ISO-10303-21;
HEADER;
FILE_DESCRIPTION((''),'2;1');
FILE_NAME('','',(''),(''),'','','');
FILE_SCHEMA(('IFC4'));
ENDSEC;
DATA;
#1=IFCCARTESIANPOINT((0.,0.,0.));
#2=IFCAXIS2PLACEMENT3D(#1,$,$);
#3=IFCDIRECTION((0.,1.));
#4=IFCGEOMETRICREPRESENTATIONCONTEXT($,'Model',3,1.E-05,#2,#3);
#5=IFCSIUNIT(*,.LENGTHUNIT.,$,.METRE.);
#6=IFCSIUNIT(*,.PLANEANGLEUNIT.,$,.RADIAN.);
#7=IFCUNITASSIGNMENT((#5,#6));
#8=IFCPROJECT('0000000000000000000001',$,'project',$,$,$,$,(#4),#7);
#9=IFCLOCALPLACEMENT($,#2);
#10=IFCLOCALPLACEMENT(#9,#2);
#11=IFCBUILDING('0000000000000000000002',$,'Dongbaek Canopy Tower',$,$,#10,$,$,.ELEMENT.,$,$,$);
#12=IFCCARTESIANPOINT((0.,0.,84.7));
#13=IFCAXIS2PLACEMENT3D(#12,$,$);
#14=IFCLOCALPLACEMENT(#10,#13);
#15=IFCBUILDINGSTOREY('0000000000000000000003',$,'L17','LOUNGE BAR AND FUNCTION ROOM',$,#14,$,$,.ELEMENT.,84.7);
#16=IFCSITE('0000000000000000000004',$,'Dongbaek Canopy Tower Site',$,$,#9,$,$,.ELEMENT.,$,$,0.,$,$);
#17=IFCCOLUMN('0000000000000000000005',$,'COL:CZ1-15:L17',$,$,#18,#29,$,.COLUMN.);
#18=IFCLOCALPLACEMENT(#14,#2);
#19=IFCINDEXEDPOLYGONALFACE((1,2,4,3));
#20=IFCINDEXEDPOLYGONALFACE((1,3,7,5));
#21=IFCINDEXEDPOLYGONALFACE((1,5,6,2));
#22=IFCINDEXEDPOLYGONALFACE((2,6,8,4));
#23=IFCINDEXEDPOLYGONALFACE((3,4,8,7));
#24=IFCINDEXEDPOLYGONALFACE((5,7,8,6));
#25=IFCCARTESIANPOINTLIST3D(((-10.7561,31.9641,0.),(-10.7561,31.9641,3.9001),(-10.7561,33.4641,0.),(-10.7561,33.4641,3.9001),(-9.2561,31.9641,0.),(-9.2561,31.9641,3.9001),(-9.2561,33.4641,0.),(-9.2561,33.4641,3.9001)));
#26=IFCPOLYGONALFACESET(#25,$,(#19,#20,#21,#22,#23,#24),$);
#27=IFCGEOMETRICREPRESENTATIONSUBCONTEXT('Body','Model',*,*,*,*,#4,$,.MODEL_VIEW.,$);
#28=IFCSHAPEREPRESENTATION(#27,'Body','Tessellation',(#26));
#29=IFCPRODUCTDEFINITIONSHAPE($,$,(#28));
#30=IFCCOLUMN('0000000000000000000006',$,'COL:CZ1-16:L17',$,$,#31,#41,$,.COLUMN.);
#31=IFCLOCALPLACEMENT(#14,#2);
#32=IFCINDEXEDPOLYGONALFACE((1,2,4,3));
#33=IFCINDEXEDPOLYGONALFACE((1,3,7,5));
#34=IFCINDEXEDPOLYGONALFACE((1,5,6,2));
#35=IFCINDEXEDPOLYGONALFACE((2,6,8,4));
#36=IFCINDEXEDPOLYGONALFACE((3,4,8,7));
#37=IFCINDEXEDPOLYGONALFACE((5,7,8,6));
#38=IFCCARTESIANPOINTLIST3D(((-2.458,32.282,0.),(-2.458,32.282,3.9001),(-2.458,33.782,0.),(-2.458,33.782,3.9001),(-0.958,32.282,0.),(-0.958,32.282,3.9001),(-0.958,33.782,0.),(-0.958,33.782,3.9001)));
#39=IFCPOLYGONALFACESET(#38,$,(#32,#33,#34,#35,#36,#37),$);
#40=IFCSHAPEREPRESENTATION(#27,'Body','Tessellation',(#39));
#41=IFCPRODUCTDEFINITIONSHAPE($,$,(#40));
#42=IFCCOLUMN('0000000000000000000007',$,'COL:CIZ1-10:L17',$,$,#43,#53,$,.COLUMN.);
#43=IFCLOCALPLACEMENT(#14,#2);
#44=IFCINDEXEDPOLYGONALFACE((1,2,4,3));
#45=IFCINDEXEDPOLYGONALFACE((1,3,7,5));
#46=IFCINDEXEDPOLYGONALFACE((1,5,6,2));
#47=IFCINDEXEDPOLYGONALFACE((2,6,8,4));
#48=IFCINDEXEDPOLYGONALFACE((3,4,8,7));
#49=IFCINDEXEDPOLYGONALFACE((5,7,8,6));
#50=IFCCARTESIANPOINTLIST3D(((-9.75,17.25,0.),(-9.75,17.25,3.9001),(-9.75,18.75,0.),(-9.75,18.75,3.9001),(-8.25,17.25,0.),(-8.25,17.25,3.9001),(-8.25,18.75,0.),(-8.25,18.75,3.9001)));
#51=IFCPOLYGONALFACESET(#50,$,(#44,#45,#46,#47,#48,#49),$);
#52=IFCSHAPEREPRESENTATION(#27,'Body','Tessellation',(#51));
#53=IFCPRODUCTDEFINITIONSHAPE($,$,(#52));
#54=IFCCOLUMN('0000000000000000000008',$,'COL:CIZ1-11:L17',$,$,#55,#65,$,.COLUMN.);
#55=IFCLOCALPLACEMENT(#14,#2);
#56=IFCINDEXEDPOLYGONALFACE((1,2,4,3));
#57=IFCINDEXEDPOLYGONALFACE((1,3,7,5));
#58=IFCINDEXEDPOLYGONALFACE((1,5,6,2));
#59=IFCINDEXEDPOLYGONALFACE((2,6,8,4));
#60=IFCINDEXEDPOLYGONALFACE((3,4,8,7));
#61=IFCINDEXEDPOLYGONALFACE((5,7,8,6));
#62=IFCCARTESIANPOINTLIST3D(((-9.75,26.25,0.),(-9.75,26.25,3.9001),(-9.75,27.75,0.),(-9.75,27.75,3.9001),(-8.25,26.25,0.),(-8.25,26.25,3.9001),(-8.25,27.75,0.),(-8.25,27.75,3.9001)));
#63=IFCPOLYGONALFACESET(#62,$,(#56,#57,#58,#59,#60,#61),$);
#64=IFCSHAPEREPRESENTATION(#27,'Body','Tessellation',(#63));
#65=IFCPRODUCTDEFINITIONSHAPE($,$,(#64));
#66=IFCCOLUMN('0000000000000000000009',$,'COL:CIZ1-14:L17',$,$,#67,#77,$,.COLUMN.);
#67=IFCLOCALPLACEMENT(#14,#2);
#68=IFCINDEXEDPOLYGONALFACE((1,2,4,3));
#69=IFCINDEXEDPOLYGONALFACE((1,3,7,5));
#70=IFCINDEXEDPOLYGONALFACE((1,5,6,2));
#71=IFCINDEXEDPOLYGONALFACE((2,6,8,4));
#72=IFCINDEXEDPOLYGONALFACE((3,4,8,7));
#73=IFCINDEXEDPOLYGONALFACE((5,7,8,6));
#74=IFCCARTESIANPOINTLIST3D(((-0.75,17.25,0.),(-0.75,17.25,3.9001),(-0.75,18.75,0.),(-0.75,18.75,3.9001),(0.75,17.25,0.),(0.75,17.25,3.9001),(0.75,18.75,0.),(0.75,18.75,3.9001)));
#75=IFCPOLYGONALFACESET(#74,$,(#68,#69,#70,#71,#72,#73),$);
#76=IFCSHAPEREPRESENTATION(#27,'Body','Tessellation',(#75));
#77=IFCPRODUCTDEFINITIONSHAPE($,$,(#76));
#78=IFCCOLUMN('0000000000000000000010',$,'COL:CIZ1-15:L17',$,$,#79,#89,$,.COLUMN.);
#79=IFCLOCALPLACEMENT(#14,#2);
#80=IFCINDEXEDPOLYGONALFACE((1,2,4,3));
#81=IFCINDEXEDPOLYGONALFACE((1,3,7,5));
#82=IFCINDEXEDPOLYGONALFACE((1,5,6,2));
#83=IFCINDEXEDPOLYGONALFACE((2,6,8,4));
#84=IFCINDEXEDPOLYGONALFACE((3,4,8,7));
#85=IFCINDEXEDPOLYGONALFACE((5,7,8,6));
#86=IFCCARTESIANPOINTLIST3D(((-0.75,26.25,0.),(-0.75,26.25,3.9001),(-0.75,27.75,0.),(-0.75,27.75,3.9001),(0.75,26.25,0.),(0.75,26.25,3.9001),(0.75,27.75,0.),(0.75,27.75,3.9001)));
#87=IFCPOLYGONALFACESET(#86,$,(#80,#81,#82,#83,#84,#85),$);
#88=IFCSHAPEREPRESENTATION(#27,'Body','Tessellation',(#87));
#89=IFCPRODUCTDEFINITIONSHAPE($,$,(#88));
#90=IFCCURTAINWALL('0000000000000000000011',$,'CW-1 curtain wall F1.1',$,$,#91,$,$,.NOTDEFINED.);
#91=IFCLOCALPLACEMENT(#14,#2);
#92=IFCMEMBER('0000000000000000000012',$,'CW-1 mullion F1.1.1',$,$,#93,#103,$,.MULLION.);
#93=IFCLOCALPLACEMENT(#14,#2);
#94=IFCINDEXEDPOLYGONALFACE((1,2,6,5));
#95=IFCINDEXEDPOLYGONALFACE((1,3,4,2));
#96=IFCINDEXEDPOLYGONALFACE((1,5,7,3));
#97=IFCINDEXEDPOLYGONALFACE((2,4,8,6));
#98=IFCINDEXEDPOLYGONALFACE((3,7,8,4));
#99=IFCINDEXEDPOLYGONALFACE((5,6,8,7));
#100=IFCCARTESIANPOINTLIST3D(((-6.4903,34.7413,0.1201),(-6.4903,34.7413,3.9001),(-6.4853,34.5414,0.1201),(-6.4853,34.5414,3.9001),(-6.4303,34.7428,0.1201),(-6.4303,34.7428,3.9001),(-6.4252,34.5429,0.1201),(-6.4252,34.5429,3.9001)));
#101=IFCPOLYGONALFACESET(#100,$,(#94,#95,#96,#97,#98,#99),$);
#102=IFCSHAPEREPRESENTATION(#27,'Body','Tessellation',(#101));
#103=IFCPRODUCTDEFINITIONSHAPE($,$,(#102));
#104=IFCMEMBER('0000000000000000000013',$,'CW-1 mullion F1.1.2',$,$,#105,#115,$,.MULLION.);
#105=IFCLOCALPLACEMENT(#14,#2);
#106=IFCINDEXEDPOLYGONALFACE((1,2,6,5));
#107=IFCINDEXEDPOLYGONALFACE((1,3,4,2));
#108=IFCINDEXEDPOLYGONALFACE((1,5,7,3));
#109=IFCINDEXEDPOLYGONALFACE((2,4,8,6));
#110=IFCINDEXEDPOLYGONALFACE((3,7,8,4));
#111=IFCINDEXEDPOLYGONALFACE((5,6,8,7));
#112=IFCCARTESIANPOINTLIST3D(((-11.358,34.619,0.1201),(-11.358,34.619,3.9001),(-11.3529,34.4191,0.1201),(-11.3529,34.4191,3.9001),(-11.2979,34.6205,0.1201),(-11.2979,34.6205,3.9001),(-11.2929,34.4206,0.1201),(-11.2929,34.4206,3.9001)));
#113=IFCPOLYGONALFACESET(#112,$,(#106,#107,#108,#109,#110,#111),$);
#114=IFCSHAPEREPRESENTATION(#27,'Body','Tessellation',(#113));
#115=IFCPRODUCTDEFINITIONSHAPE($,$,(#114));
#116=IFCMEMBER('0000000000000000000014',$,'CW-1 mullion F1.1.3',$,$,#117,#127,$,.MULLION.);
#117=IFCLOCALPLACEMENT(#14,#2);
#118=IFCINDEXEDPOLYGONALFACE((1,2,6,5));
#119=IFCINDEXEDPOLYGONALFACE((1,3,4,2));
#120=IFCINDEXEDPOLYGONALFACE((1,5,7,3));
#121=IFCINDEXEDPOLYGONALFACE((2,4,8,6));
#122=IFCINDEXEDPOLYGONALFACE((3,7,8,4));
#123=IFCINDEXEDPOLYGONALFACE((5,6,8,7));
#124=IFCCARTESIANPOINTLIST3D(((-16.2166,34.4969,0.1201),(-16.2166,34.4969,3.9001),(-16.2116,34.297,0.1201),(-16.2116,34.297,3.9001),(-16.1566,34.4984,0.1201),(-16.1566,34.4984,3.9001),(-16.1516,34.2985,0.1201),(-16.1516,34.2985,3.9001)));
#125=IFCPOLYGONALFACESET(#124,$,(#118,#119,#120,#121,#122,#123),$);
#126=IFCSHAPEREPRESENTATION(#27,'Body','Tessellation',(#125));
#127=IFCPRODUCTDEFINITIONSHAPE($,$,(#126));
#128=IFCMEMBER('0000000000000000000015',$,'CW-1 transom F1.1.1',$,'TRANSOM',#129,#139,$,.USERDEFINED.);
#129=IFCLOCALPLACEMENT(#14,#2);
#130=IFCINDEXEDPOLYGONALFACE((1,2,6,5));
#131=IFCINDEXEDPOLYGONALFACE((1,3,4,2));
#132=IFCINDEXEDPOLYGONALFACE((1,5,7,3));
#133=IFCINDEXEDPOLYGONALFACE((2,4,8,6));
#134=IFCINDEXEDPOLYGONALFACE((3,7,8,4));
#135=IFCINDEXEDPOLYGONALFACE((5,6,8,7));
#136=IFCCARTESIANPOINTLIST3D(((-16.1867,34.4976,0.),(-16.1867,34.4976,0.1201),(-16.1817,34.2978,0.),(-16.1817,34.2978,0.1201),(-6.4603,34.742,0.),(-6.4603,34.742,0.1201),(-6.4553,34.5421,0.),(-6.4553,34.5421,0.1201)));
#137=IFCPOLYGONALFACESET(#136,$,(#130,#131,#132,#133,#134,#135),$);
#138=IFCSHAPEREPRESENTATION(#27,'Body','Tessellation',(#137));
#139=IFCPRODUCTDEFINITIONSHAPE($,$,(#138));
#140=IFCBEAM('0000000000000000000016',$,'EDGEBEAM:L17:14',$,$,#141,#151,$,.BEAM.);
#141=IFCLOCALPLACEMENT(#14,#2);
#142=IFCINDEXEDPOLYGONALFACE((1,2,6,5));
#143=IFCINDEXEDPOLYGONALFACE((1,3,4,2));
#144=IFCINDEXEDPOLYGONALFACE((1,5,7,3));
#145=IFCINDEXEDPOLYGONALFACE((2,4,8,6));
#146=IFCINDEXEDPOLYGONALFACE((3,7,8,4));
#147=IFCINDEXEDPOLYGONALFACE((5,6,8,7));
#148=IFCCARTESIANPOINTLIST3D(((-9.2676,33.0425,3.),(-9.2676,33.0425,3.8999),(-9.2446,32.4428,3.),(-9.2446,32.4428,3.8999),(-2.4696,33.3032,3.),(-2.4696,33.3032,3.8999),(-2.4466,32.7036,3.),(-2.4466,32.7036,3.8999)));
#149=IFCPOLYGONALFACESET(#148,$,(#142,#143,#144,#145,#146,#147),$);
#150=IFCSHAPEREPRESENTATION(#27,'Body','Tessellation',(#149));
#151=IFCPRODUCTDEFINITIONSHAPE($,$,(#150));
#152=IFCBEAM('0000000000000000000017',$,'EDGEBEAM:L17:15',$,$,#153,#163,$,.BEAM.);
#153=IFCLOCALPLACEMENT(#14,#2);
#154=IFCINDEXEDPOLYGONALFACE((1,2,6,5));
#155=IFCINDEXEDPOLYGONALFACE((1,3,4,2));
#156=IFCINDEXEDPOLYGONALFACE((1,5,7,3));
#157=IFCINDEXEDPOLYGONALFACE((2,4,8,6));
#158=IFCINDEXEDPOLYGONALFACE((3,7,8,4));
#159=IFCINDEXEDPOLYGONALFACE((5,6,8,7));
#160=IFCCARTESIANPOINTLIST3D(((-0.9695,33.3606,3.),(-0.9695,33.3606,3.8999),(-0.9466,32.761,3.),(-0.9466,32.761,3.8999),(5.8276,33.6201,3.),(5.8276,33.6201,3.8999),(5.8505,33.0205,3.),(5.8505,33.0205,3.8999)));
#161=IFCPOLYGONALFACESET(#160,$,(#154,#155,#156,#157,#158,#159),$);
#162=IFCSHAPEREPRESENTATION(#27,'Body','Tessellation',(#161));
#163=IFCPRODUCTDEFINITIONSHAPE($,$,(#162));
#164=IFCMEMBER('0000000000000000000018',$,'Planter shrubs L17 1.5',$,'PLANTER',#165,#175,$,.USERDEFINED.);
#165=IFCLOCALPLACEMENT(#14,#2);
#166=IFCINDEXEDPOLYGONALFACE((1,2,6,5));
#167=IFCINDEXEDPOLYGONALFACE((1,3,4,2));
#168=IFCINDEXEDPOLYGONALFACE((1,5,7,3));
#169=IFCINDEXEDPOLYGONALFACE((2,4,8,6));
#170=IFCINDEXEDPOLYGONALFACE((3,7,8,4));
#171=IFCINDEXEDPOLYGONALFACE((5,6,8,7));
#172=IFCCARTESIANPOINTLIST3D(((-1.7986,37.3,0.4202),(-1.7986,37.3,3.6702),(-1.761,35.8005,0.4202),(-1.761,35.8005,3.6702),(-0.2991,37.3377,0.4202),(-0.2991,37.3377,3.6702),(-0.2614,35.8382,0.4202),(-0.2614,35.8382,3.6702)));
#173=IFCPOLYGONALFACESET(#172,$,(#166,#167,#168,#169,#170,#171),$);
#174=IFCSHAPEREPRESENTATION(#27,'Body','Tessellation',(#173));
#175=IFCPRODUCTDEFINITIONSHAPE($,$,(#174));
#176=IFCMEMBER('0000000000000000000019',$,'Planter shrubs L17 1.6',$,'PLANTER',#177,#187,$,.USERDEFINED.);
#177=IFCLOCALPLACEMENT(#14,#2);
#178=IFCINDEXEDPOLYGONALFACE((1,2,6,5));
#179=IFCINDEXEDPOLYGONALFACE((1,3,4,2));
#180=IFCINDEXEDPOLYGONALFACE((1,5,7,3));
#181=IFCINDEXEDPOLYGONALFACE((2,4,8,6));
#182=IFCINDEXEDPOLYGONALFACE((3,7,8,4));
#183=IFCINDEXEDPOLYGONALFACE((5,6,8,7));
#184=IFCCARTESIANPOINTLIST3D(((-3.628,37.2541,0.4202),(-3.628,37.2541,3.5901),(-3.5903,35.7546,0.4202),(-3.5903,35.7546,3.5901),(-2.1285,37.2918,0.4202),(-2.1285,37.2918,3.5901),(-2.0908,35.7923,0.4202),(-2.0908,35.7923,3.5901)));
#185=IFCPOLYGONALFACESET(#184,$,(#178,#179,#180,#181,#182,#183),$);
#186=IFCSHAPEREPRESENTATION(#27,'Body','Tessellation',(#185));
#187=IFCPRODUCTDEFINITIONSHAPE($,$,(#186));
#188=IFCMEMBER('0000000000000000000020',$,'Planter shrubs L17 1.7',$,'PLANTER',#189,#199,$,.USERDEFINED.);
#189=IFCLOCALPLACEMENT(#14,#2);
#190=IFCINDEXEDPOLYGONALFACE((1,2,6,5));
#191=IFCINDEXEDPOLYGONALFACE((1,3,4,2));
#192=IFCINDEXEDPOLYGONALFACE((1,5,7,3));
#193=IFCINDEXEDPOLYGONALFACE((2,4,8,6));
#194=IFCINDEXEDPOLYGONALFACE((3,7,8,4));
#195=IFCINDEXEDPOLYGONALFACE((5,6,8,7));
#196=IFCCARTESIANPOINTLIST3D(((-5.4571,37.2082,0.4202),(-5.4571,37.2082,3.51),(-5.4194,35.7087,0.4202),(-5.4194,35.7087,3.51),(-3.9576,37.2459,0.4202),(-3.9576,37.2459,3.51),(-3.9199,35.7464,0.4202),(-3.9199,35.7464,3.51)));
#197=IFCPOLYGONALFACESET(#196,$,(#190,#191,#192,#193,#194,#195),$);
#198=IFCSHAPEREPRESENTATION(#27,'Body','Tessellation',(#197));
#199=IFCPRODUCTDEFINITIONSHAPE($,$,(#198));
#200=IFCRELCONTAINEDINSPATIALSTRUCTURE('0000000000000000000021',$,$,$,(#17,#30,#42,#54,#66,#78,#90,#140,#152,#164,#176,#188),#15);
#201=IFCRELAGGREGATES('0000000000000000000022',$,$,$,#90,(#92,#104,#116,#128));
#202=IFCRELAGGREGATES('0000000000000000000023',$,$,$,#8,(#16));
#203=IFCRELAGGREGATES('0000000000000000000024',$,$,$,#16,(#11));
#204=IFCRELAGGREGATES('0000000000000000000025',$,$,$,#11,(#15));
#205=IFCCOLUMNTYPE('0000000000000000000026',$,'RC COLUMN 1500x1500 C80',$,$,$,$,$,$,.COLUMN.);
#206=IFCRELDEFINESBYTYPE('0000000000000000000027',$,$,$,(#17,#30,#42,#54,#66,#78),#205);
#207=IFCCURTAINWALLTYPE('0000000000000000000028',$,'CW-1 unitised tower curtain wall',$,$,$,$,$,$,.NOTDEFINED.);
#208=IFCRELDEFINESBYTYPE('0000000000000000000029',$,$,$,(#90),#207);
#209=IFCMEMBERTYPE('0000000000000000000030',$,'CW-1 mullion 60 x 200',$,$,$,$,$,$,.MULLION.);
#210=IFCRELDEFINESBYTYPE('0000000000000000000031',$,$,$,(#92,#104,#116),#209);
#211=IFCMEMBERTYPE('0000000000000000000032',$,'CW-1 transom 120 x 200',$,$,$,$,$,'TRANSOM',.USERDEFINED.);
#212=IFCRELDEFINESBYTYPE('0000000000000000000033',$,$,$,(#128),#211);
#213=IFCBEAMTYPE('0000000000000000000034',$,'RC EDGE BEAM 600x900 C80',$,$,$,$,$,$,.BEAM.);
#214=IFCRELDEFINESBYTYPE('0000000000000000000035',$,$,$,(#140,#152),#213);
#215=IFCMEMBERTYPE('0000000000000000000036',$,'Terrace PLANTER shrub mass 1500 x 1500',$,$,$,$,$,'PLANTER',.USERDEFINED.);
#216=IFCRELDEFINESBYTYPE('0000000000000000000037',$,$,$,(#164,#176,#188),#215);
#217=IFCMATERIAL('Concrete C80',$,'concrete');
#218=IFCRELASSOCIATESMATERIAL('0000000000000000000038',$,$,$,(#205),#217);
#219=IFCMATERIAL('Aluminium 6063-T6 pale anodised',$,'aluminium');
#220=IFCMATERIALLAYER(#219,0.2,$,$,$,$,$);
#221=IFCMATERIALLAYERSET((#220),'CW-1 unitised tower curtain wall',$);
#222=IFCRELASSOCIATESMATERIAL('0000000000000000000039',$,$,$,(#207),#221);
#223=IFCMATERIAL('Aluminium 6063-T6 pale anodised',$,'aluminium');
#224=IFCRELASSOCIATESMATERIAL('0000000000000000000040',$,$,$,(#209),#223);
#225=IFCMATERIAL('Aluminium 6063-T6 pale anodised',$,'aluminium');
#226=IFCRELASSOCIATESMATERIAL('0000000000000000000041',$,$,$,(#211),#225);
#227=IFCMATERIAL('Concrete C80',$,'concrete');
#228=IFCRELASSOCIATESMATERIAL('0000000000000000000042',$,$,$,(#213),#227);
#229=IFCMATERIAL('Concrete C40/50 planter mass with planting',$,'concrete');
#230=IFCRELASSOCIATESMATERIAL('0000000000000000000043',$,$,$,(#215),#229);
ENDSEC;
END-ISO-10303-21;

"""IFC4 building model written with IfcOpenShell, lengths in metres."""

from ifc_helpers import new_model, si_unit, direction, frame, origin, origin_2d, place, context, subcontext, project, spatial, rectangle, extrude, material, layer, layer_set, material_profile, profile_set, type_object, element, aggregate, save


model = new_model("IFC4")

# Units and contexts
model_context = context("Model", 3, precision=1e-05, world=origin(), true_north=direction((0.0, 1.0)))
body_context = subcontext(model_context, "Body", "Model", "MODEL_VIEW")
ifc_project = project(units=[si_unit("LENGTHUNIT", "METRE"), si_unit("PLANEANGLEUNIT", "RADIAN")], contexts=[model_context])

# Site, building, storey
site_placement = place(None, origin())
site = spatial("IfcSite", under=ifc_project, at=site_placement, Name="Dongbaek Canopy Tower Site", CompositionType="ELEMENT", RefElevation=0.0)
building_placement = place(site_placement, origin())
building = spatial("IfcBuilding", under=site, at=building_placement, Name="Dongbaek Canopy Tower", CompositionType="ELEMENT")
storey_placement = place(building_placement, frame((0.0, 0.0, 84.7)))
storey = spatial("IfcBuildingStorey", under=building, at=storey_placement, Name="L17", Description="LOUNGE BAR AND FUNCTION ROOM", CompositionType="ELEMENT", Elevation=84.7)

# Columns
ifc_material_1 = material(Name="Concrete C80", Category="concrete")
ifc_material_profile_1 = material_profile(ifc_material_1, rectangle(XDim=1.5, YDim=1.5, at=origin_2d()), Name="RC COLUMN 1500x1500 C80")
ifc_profile_set_1 = profile_set([ifc_material_profile_1], Name="Concrete C80")
column_type = type_object("IfcColumnType", Name="RC COLUMN 1500x1500 C80", PredefinedType="COLUMN", material=ifc_profile_set_1)
for number, where, z_axis, x_axis, name in (
    (1, (-10.0061, 32.7141, 0.0), (0.0, 0.0, 1.0), (1.0, 0.0, 0.0), "COL:CZ1-15:L17"),
    (2, (-1.708, 33.032, 0.0), (0.0, 0.0, 1.0), (1.0, 0.0, 0.0), "COL:CZ1-16:L17"),
    (3, (-9.0, 18.0, 0.0), (0.0, 0.0, 1.0), (1.0, 0.0, 0.0), "COL:CIZ1-10:L17"),
    (4, (-9.0, 27.0, 0.0), (0.0, 0.0, 1.0), (1.0, 0.0, 0.0), "COL:CIZ1-11:L17"),
    (5, (0.0, 18.0, 0.0), (0.0, 0.0, 1.0), (1.0, 0.0, 0.0), "COL:CIZ1-14:L17"),
    (6, (0.0, 27.0, 0.0), (0.0, 0.0, 1.0), (1.0, 0.0, 0.0), "COL:CIZ1-15:L17"),
):
    element("IfcColumn", number, at=place(storey_placement, frame(where, z_axis=z_axis, x_axis=x_axis)), inside=storey, type_object=column_type, Name=name, PredefinedType="COLUMN", context=body_context, shape_type="SweptSolid", body=[
        extrude(rectangle(XDim=1.5, YDim=1.5, at=origin_2d()), origin(), (0.0, 0.0, 1.0), 3.9001),
    ])

# Curtain wall, members
ifc_material_2 = material(Name="Aluminium 6063-T6 pale anodised", Category="aluminium")
ifc_layer_1 = layer(ifc_material_2, 0.2)
ifc_layer_set_1 = layer_set([ifc_layer_1], Name="CW-1 unitised tower curtain wall")
curtain_wall_type = type_object("IfcCurtainWallType", Name="CW-1 unitised tower curtain wall", PredefinedType="NOTDEFINED", material=ifc_layer_set_1)
curtain_wall_placement = place(storey_placement, origin())
curtain_wall = element("IfcCurtainWall", 7, at=curtain_wall_placement, inside=storey, type_object=curtain_wall_type, Name="CW-1 curtain wall F1.1", PredefinedType="NOTDEFINED")
ifc_material_3 = material(Name="Aluminium 6063-T6 pale anodised", Category="aluminium")
ifc_material_profile_2 = material_profile(ifc_material_3, rectangle(XDim=0.2, YDim=0.0601, at=origin_2d()), Name="CW-1 mullion 60 x 200")
ifc_profile_set_2 = profile_set([ifc_material_profile_2], Name="Aluminium 6063-T6 pale anodised")
member_type_1 = type_object("IfcMemberType", Name="CW-1 mullion 60 x 200", PredefinedType="MULLION", material=ifc_profile_set_2)
member_1_placement = place(storey_placement, frame((-6.4578, 34.6421, 0.1201), z_axis=(0.0, 0.0, 1.0), x_axis=(-0.025119, 0.999684, 0.0)))
member_1 = element("IfcMember", 8, at=member_1_placement, type_object=member_type_1, Name="CW-1 mullion F1.1.1", PredefinedType="MULLION", context=body_context, shape_type="SweptSolid", body=[
    extrude(rectangle(XDim=0.2, YDim=0.0601, at=origin_2d()), origin(), (0.0, 0.0, 1.0), 3.78),
])
member_2_placement = place(storey_placement, frame((-11.3254, 34.5198, 0.1201), z_axis=(0.0, 0.0, 1.0), x_axis=(-0.025119, 0.999684, 0.0)))
member_2 = element("IfcMember", 9, at=member_2_placement, type_object=member_type_1, Name="CW-1 mullion F1.1.2", PredefinedType="MULLION", context=body_context, shape_type="SweptSolid", body=[
    extrude(rectangle(XDim=0.2, YDim=0.0601, at=origin_2d()), origin(), (0.0, 0.0, 1.0), 3.78),
])
member_3_placement = place(storey_placement, frame((-16.1841, 34.3977, 0.1201), z_axis=(0.0, 0.0, 1.0), x_axis=(-0.025119, 0.999684, 0.0)))
member_3 = element("IfcMember", 10, at=member_3_placement, type_object=member_type_1, Name="CW-1 mullion F1.1.3", PredefinedType="MULLION", context=body_context, shape_type="SweptSolid", body=[
    extrude(rectangle(XDim=0.2, YDim=0.0601, at=origin_2d()), origin(), (0.0, 0.0, 1.0), 3.78),
])
ifc_material_4 = material(Name="Aluminium 6063-T6 pale anodised", Category="aluminium")
ifc_material_profile_3 = material_profile(ifc_material_4, rectangle(XDim=0.2, YDim=0.1201, at=origin_2d()), Name="CW-1 transom 120 x 200")
ifc_profile_set_3 = profile_set([ifc_material_profile_3], Name="Aluminium 6063-T6 pale anodised")
member_type_2 = type_object("IfcMemberType", Name="CW-1 transom 120 x 200", ElementType="TRANSOM", PredefinedType="USERDEFINED", material=ifc_profile_set_3)
member_4_placement = place(storey_placement, frame((-6.4578, 34.6421, 0.0601), z_axis=(-0.999684, -0.025118, 0.0), x_axis=(0.025118, -0.999684, 0.0)))
member_4 = element("IfcMember", 11, at=member_4_placement, type_object=member_type_2, Name="CW-1 transom F1.1.1", ObjectType="TRANSOM", PredefinedType="USERDEFINED", context=body_context, shape_type="SweptSolid", body=[
    extrude(rectangle(XDim=0.2, YDim=0.1201, at=origin_2d()), origin(), (0.0, 0.0, 1.0), 9.7295),
])

# Beams
ifc_material_5 = material(Name="Concrete C80", Category="concrete")
ifc_material_profile_4 = material_profile(ifc_material_5, rectangle(XDim=0.6001, YDim=0.8999, at=origin_2d()), Name="RC EDGE BEAM 600x900 C80")
ifc_profile_set_4 = profile_set([ifc_material_profile_4], Name="Concrete C80")
beam_type = type_object("IfcBeamType", Name="RC EDGE BEAM 600x900 C80", PredefinedType="BEAM", material=ifc_profile_set_4)
beam_1_placement = place(storey_placement, frame((-9.2561, 32.7427, 3.45), z_axis=(0.999265, 0.038327, 0.0), x_axis=(-0.038327, 0.999265, 0.0)))
element("IfcBeam", 12, at=beam_1_placement, inside=storey, type_object=beam_type, Name="EDGEBEAM:L17:14", PredefinedType="BEAM", context=body_context, shape_type="SweptSolid", body=[
    extrude(rectangle(XDim=0.6001, YDim=0.8999, at=origin_2d()), origin(), (0.0, 0.0, 1.0), 6.803),
])
beam_2_placement = place(storey_placement, frame((-0.958, 33.0608, 3.45), z_axis=(0.999272, 0.038153, 0.0), x_axis=(-0.038153, 0.999272, 0.0)))
element("IfcBeam", 13, at=beam_2_placement, inside=storey, type_object=beam_type, Name="EDGEBEAM:L17:15", PredefinedType="BEAM", context=body_context, shape_type="SweptSolid", body=[
    extrude(rectangle(XDim=0.6001, YDim=0.8999, at=origin_2d()), origin(), (0.0, 0.0, 1.0), 6.802),
])

# Members
ifc_material_6 = material(Name="Concrete C40/50 planter mass with planting", Category="concrete")
ifc_material_profile_5 = material_profile(ifc_material_6, rectangle(XDim=1.5, YDim=1.5, at=origin_2d()), Name="Terrace PLANTER shrub mass 1500 x 1500")
ifc_profile_set_5 = profile_set([ifc_material_profile_5], Name="Concrete C40/50 planter mass with planting")
member_type_3 = type_object("IfcMemberType", Name="Terrace PLANTER shrub mass 1500 x 1500", ElementType="PLANTER", PredefinedType="USERDEFINED", material=ifc_profile_set_5)
member_5_placement = place(storey_placement, frame((-1.03, 36.5691, 0.4202), z_axis=(0.0, 0.0, 1.0), x_axis=(-0.025119, 0.999684, 0.0)))
element("IfcMember", 14, at=member_5_placement, inside=storey, type_object=member_type_3, Name="Planter shrubs L17 1.5", ObjectType="PLANTER", PredefinedType="USERDEFINED", context=body_context, shape_type="SweptSolid", body=[
    extrude(rectangle(XDim=1.5, YDim=1.5, at=origin_2d()), origin(), (0.0, 0.0, 1.0), 3.25),
])
member_6_placement = place(storey_placement, frame((-2.8594, 36.5232, 0.4202), z_axis=(0.0, 0.0, 1.0), x_axis=(-0.025119, 0.999684, 0.0)))
element("IfcMember", 15, at=member_6_placement, inside=storey, type_object=member_type_3, Name="Planter shrubs L17 1.6", ObjectType="PLANTER", PredefinedType="USERDEFINED", context=body_context, shape_type="SweptSolid", body=[
    extrude(rectangle(XDim=1.5, YDim=1.5, at=origin_2d()), origin(), (0.0, 0.0, 1.0), 3.1699),
])
member_7_placement = place(storey_placement, frame((-4.6885, 36.4773, 0.4202), z_axis=(0.0, 0.0, 1.0), x_axis=(-0.025119, 0.999684, 0.0)))
element("IfcMember", 16, at=member_7_placement, inside=storey, type_object=member_type_3, Name="Planter shrubs L17 1.7", ObjectType="PLANTER", PredefinedType="USERDEFINED", context=body_context, shape_type="SweptSolid", body=[
    extrude(rectangle(XDim=1.5, YDim=1.5, at=origin_2d()), origin(), (0.0, 0.0, 1.0), 3.0898),
])

aggregate(curtain_wall, [member_1, member_2, member_3, member_4])

save(model, "model.ifc")
